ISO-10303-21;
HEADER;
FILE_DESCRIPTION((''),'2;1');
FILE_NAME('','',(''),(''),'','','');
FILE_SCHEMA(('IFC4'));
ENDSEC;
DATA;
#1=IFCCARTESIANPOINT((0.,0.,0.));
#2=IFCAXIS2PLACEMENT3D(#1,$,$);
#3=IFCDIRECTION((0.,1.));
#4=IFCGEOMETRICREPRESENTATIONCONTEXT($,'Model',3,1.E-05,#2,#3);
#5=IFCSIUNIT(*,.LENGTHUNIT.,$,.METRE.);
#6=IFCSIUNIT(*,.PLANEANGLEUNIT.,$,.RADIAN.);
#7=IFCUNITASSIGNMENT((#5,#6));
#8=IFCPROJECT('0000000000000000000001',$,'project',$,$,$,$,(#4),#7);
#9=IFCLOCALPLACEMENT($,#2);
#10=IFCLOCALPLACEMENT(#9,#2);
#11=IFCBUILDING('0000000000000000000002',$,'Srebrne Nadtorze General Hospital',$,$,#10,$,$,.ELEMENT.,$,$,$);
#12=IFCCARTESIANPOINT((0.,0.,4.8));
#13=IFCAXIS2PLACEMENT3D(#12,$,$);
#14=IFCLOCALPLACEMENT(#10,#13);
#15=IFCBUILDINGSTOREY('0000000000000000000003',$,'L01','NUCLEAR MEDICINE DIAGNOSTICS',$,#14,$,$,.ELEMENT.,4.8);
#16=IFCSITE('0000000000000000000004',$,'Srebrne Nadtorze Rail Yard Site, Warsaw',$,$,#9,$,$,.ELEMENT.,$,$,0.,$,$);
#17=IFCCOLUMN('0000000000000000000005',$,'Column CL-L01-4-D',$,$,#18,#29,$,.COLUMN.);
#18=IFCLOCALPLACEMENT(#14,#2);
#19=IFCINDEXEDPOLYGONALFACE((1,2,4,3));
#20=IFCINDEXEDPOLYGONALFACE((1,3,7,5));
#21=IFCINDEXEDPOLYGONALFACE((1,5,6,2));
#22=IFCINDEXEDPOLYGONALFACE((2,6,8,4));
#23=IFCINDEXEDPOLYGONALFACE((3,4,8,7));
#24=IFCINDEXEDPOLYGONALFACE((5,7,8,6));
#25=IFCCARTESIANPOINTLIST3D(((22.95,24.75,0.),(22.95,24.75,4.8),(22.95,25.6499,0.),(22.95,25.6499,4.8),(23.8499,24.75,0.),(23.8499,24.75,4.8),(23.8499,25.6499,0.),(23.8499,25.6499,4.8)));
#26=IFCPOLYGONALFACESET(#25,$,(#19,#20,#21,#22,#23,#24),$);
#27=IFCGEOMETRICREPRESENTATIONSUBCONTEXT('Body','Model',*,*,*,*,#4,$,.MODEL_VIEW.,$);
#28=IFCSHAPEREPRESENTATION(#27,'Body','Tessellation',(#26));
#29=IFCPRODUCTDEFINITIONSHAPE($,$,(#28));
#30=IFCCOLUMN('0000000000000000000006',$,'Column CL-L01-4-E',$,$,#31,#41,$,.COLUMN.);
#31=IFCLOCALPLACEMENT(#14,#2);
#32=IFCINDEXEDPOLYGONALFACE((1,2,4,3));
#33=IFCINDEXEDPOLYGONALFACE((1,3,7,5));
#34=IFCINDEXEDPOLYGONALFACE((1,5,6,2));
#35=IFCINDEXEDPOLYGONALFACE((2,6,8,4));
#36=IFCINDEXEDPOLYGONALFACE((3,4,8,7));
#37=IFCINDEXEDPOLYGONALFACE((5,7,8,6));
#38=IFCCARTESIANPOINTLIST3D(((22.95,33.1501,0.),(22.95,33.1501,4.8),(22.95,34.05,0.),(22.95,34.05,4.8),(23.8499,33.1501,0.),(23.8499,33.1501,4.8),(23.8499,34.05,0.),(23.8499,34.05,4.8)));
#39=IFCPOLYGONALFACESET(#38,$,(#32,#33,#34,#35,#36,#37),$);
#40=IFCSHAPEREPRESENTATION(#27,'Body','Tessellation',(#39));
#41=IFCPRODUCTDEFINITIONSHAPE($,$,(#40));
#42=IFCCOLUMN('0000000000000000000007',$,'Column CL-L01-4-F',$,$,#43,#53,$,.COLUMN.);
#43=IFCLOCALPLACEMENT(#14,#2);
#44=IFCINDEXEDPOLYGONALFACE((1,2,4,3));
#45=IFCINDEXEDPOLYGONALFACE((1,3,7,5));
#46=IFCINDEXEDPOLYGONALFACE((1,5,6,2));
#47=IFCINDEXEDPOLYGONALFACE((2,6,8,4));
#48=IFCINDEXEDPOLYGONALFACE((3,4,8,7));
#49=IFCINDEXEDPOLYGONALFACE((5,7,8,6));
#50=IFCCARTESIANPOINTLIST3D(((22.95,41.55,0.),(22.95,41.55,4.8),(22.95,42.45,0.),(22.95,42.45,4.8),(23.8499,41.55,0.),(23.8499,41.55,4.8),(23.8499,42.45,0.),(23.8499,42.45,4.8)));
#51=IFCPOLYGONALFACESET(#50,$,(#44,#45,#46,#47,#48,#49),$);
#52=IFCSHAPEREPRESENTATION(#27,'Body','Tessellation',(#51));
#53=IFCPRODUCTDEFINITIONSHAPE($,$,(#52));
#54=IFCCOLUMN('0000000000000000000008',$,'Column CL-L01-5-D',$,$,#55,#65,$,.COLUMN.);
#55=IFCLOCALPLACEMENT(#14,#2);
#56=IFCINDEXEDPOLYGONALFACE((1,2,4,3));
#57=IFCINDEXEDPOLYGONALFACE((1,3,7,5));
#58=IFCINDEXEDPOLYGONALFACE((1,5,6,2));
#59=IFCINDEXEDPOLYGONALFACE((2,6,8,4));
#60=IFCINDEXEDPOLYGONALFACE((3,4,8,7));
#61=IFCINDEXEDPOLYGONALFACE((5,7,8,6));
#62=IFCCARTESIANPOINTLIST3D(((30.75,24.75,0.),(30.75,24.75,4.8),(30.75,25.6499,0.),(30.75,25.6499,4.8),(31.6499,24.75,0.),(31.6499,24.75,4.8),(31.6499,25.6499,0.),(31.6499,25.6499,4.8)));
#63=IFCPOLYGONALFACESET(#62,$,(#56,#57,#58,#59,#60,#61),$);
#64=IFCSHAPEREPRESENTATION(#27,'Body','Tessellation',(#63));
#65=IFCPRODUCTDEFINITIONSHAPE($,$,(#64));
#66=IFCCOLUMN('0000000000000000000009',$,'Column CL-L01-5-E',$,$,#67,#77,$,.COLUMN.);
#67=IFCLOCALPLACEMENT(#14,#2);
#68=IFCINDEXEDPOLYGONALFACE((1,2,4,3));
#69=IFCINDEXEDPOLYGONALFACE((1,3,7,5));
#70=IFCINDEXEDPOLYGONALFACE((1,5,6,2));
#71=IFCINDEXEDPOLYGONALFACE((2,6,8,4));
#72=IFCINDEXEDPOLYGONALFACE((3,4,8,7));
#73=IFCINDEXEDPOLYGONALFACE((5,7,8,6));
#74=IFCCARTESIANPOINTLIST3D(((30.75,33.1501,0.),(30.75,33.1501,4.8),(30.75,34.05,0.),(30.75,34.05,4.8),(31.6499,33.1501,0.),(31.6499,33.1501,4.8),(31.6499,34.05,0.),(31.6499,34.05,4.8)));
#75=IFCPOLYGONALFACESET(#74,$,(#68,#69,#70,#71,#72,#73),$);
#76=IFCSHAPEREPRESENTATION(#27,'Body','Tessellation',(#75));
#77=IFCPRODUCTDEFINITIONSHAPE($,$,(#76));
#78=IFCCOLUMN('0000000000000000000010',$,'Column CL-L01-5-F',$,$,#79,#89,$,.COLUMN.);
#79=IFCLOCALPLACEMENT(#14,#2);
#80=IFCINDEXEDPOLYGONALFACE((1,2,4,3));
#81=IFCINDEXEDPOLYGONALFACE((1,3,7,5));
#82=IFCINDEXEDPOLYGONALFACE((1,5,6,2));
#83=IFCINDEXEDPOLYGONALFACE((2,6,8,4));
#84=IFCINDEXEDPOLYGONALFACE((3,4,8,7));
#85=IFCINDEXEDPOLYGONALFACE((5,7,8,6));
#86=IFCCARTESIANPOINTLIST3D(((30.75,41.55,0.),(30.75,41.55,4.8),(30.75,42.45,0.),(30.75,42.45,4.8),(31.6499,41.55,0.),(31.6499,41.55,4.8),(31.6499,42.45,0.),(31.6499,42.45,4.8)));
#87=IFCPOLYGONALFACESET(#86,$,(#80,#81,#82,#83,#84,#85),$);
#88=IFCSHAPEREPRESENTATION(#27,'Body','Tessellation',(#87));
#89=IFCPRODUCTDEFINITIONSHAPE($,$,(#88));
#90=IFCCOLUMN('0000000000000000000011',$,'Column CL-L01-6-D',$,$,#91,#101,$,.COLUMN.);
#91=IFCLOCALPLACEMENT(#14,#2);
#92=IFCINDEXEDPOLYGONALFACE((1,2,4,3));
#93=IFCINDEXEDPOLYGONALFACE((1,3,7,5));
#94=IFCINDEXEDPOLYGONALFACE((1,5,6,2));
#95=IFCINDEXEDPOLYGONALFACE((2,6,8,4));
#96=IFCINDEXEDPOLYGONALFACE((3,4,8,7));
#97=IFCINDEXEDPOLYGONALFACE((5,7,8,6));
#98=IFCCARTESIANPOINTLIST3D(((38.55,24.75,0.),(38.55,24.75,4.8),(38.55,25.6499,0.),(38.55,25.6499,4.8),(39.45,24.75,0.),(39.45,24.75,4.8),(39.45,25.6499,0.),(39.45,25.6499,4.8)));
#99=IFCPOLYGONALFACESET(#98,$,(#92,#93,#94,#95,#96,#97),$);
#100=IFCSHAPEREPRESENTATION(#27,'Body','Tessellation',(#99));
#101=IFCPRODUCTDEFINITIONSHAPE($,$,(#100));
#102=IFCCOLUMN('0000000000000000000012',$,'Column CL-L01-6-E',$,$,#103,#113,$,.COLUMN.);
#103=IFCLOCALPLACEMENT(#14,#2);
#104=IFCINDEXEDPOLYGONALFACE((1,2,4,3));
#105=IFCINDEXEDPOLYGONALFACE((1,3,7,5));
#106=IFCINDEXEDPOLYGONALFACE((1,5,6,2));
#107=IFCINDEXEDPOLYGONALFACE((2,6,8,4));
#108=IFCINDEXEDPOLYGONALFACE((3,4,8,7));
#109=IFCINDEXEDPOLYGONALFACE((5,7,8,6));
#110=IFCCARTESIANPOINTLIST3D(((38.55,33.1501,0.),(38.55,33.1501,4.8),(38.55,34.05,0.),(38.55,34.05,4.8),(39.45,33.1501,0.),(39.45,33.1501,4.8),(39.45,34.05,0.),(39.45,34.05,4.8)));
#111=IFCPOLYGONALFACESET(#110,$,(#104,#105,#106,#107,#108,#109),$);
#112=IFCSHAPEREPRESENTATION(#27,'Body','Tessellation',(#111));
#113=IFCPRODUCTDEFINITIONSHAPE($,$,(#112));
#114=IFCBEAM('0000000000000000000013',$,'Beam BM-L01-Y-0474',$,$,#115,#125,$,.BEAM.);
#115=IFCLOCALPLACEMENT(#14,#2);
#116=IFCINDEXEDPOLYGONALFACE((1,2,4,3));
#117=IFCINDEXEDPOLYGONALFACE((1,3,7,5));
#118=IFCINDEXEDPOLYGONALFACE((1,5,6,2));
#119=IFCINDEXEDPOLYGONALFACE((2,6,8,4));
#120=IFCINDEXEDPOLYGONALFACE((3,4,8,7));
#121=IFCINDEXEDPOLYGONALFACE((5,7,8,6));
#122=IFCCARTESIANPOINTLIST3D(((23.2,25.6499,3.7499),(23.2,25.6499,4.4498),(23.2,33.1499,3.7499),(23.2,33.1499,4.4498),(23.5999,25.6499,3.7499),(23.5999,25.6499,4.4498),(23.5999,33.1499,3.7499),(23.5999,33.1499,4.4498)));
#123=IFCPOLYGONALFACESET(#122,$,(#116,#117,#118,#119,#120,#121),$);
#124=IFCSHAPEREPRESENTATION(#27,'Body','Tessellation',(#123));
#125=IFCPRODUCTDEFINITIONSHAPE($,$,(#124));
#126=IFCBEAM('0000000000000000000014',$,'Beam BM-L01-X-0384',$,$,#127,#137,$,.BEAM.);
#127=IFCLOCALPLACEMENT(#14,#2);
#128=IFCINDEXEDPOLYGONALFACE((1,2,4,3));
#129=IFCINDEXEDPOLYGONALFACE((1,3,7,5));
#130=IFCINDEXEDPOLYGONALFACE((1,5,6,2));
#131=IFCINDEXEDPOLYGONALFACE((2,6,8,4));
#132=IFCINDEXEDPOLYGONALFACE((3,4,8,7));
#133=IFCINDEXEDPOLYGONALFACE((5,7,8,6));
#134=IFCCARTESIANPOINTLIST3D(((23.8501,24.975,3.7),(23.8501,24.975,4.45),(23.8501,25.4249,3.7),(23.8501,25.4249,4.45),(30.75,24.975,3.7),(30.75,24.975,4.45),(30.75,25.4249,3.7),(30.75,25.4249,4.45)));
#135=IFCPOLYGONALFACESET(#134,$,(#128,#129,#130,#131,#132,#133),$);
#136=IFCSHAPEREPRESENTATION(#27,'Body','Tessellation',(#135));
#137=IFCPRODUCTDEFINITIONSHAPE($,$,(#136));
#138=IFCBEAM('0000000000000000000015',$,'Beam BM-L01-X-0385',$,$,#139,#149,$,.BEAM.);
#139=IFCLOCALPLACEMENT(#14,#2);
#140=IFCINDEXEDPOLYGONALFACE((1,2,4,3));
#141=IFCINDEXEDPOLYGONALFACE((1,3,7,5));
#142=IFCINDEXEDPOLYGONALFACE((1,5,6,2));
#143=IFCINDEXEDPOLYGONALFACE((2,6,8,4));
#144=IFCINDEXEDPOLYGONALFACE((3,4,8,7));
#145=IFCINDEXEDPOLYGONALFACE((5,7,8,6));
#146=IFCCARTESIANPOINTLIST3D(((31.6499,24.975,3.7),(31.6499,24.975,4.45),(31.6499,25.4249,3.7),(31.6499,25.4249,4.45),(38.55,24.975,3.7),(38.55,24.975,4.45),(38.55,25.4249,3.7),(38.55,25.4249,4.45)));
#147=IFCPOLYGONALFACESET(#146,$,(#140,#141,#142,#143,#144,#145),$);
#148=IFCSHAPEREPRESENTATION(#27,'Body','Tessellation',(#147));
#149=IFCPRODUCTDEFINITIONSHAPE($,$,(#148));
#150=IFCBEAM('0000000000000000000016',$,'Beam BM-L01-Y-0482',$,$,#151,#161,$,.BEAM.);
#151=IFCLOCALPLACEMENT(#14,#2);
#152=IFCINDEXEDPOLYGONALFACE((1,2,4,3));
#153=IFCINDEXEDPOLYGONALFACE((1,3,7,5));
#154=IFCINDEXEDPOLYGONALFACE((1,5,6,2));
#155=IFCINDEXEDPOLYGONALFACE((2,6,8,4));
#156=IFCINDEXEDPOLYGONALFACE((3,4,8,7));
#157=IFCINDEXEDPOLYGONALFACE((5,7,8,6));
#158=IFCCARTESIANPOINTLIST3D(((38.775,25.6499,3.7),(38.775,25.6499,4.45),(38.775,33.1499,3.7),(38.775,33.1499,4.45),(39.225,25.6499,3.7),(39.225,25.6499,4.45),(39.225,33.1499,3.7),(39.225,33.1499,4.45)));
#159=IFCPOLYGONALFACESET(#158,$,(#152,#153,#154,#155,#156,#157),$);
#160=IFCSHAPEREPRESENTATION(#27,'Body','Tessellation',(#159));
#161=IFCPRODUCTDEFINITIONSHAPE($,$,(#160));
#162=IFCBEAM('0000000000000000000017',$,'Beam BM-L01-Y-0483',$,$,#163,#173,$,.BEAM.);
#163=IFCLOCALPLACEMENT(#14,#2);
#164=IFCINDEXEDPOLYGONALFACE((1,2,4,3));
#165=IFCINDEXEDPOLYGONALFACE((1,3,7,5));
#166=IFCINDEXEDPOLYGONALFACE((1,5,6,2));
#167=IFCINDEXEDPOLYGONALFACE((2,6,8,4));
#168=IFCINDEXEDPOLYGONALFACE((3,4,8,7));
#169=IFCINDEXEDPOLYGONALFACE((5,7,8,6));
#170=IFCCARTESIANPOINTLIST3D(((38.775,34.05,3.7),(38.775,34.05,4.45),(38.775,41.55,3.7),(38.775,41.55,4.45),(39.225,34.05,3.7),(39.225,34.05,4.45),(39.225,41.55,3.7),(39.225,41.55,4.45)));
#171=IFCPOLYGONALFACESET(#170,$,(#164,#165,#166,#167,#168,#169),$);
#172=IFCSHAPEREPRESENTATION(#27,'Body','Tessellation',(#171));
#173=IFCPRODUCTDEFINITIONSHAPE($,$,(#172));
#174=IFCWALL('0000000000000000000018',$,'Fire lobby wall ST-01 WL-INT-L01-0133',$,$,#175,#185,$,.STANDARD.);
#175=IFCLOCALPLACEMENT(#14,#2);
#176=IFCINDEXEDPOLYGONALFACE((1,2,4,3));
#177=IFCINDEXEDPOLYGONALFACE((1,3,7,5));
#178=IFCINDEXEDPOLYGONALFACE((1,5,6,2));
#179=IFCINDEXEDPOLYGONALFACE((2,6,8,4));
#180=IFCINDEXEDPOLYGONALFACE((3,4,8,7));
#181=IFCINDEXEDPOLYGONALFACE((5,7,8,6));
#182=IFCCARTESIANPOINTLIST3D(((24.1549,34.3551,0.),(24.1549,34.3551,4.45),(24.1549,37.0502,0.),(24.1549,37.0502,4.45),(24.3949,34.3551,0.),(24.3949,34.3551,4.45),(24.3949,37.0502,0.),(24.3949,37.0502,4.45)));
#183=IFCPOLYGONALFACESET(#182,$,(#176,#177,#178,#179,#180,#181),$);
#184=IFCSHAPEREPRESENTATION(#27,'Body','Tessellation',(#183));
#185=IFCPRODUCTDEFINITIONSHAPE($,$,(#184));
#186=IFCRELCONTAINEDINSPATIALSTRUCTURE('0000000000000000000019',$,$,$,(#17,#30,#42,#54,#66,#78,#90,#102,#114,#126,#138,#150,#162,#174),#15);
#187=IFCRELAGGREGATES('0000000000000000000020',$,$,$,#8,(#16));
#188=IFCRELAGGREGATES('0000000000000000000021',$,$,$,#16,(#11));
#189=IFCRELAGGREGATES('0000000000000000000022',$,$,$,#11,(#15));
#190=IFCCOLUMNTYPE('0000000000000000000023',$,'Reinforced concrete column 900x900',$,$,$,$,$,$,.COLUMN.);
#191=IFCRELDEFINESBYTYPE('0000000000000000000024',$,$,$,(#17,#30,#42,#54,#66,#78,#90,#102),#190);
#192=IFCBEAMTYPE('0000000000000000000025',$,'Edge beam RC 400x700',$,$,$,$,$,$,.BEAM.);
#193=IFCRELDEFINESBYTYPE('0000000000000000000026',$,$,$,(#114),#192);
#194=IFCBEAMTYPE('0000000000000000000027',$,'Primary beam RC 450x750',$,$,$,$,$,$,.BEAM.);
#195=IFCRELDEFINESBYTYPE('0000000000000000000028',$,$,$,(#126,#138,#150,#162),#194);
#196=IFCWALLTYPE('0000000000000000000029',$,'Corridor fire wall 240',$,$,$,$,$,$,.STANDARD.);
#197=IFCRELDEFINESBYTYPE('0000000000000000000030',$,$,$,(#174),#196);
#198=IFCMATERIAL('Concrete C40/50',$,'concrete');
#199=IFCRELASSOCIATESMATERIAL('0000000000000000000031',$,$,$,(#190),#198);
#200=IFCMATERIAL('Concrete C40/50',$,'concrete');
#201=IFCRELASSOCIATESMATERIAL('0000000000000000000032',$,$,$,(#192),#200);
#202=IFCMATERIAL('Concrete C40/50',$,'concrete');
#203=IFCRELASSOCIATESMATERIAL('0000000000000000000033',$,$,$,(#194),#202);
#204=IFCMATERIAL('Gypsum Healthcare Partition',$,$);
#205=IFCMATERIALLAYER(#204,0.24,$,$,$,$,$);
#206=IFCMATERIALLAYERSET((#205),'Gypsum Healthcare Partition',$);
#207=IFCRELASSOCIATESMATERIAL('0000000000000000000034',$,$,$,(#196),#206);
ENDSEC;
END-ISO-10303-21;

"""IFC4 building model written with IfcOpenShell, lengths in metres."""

from ifc_helpers import new_model, si_unit, direction, frame, frame_2d, origin, origin_2d, place, context, subcontext, project, spatial, rectangle, extrude, material, layer, layer_set, material_profile, profile_set, type_object, element, save


model = new_model("IFC4")

# Units and contexts
model_context = context("Model", 3, precision=1e-05, world=origin(), true_north=direction((0.0, 1.0)))
body_context = subcontext(model_context, "Body", "Model", "MODEL_VIEW")
ifc_project = project(units=[si_unit("LENGTHUNIT", "METRE"), si_unit("PLANEANGLEUNIT", "RADIAN")], contexts=[model_context])

# Site, building, storey
site_placement = place(None, origin())
site = spatial("IfcSite", under=ifc_project, at=site_placement, Name="Srebrne Nadtorze Rail Yard Site, Warsaw", CompositionType="ELEMENT", RefElevation=0.0)
building_placement = place(site_placement, origin())
building = spatial("IfcBuilding", under=site, at=building_placement, Name="Srebrne Nadtorze General Hospital", CompositionType="ELEMENT")
storey_placement = place(building_placement, frame((0.0, 0.0, 4.8)))
storey = spatial("IfcBuildingStorey", under=building, at=storey_placement, Name="L01", Description="NUCLEAR MEDICINE DIAGNOSTICS", CompositionType="ELEMENT", Elevation=4.8)

# Columns
ifc_material_1 = material(Name="Concrete C40/50", Category="concrete")
ifc_material_profile_1 = material_profile(ifc_material_1, rectangle(XDim=0.8999, YDim=0.8999, at=origin_2d()), Name="RC-COL-900x900")
ifc_profile_set_1 = profile_set([ifc_material_profile_1], Name="Concrete C40/50")
column_type = type_object("IfcColumnType", Name="Reinforced concrete column 900x900", PredefinedType="COLUMN", material=ifc_profile_set_1)
for number, where, z_axis, x_axis, name in (
    (1, (23.3999, 25.2, 0.0), (0.0, 0.0, 1.0), (1.0, 0.0, 0.0), "Column CL-L01-4-D"),
    (2, (23.3999, 33.6001, 0.0), (0.0, 0.0, 1.0), (1.0, 0.0, 0.0), "Column CL-L01-4-E"),
    (3, (23.3999, 42.0, 0.0), (0.0, 0.0, 1.0), (1.0, 0.0, 0.0), "Column CL-L01-4-F"),
    (4, (31.2, 25.2, 0.0), (0.0, 0.0, 1.0), (1.0, 0.0, 0.0), "Column CL-L01-5-D"),
    (5, (31.2, 33.6001, 0.0), (0.0, 0.0, 1.0), (1.0, 0.0, 0.0), "Column CL-L01-5-E"),
    (6, (31.2, 42.0, 0.0), (0.0, 0.0, 1.0), (1.0, 0.0, 0.0), "Column CL-L01-5-F"),
    (7, (39.0, 25.2, 0.0), (0.0, 0.0, 1.0), (1.0, 0.0, 0.0), "Column CL-L01-6-D"),
    (8, (39.0, 33.6001, 0.0), (0.0, 0.0, 1.0), (1.0, 0.0, 0.0), "Column CL-L01-6-E"),
):
    element("IfcColumn", number, at=place(storey_placement, frame(where, z_axis=z_axis, x_axis=x_axis)), inside=storey, type_object=column_type, Name=name, PredefinedType="COLUMN", context=body_context, shape_type="SweptSolid", body=[
        extrude(rectangle(XDim=0.8999, YDim=0.8999, at=origin_2d()), origin(), (0.0, 0.0, 1.0), 4.8),
    ])

# Beams
ifc_material_2 = material(Name="Concrete C40/50", Category="concrete")
ifc_material_profile_2 = material_profile(ifc_material_2, rectangle(XDim=0.3999, YDim=0.7, at=origin_2d()), Name="RC-BM-400x700")
ifc_profile_set_2 = profile_set([ifc_material_profile_2], Name="Concrete C40/50")
beam_type_1 = type_object("IfcBeamType", Name="Edge beam RC 400x700", PredefinedType="BEAM", material=ifc_profile_set_2)
beam_1_placement = place(storey_placement, frame((23.3999, 25.6499, 4.0999), z_axis=(0.0, 1.0, 0.0), x_axis=(-1.0, 0.0, 0.0)))
element("IfcBeam", 9, at=beam_1_placement, inside=storey, type_object=beam_type_1, Name="Beam BM-L01-Y-0474", PredefinedType="BEAM", context=body_context, shape_type="SweptSolid", body=[
    extrude(rectangle(XDim=0.3999, YDim=0.7, at=origin_2d()), origin(), (0.0, 0.0, 1.0), 7.5),
])
ifc_material_3 = material(Name="Concrete C40/50", Category="concrete")
ifc_material_profile_3 = material_profile(ifc_material_3, rectangle(XDim=0.45, YDim=0.75, at=origin_2d()), Name="RC-BM-450x750")
ifc_profile_set_3 = profile_set([ifc_material_profile_3], Name="Concrete C40/50")
beam_type_2 = type_object("IfcBeamType", Name="Primary beam RC 450x750", PredefinedType="BEAM", material=ifc_profile_set_3)
beam_2_placement = place(storey_placement, frame((23.8501, 25.2, 4.075), z_axis=(1.0, 0.0, 0.0), x_axis=(0.0, 1.0, 0.0)))
element("IfcBeam", 10, at=beam_2_placement, inside=storey, type_object=beam_type_2, Name="Beam BM-L01-X-0384", PredefinedType="BEAM", context=body_context, shape_type="SweptSolid", body=[
    extrude(rectangle(XDim=0.45, YDim=0.75, at=origin_2d()), origin(), (0.0, 0.0, 1.0), 6.8999),
])
beam_3_placement = place(storey_placement, frame((31.6499, 25.2, 4.075), z_axis=(1.0, 0.0, 0.0), x_axis=(0.0, 1.0, 0.0)))
element("IfcBeam", 11, at=beam_3_placement, inside=storey, type_object=beam_type_2, Name="Beam BM-L01-X-0385", PredefinedType="BEAM", context=body_context, shape_type="SweptSolid", body=[
    extrude(rectangle(XDim=0.45, YDim=0.75, at=origin_2d()), origin(), (0.0, 0.0, 1.0), 6.9001),
])
for number, where, z_axis, x_axis, name in (
    (12, (39.0, 25.6499, 4.075), (0.0, 1.0, 0.0), (-1.0, 0.0, 0.0), "Beam BM-L01-Y-0482"),
    (13, (39.0, 34.05, 4.075), (0.0, 1.0, 0.0), (-1.0, 0.0, 0.0), "Beam BM-L01-Y-0483"),
):
    element("IfcBeam", number, at=place(storey_placement, frame(where, z_axis=z_axis, x_axis=x_axis)), inside=storey, type_object=beam_type_2, Name=name, PredefinedType="BEAM", context=body_context, shape_type="SweptSolid", body=[
        extrude(rectangle(XDim=0.45, YDim=0.75, at=origin_2d()), origin(), (0.0, 0.0, 1.0), 7.5),
    ])

# Wall
ifc_material_4 = material(Name="Gypsum Healthcare Partition")
ifc_layer_1 = layer(ifc_material_4, 0.24)
ifc_layer_set_1 = layer_set([ifc_layer_1], Name="Gypsum Healthcare Partition")
wall_type_1 = type_object("IfcWallType", Name="Corridor fire wall 240", PredefinedType="STANDARD", material=ifc_layer_set_1)
wall_1_placement = place(storey_placement, frame((24.2749, 34.355, 0.0), z_axis=(0.0, 0.0, 1.0), x_axis=(0.0, 1.0, 0.0)))
element("IfcWall", 14, at=wall_1_placement, inside=storey, type_object=wall_type_1, Name="Fire lobby wall ST-01 WL-INT-L01-0133", PredefinedType="STANDARD", context=body_context, shape_type="SweptSolid", body=[
    extrude(rectangle(XDim=2.6951, YDim=0.24, at=frame_2d((1.3477, 0.0))), origin(), (0.0, 0.0, 1.0), 4.45),
])

save(model, "model.ifc")
